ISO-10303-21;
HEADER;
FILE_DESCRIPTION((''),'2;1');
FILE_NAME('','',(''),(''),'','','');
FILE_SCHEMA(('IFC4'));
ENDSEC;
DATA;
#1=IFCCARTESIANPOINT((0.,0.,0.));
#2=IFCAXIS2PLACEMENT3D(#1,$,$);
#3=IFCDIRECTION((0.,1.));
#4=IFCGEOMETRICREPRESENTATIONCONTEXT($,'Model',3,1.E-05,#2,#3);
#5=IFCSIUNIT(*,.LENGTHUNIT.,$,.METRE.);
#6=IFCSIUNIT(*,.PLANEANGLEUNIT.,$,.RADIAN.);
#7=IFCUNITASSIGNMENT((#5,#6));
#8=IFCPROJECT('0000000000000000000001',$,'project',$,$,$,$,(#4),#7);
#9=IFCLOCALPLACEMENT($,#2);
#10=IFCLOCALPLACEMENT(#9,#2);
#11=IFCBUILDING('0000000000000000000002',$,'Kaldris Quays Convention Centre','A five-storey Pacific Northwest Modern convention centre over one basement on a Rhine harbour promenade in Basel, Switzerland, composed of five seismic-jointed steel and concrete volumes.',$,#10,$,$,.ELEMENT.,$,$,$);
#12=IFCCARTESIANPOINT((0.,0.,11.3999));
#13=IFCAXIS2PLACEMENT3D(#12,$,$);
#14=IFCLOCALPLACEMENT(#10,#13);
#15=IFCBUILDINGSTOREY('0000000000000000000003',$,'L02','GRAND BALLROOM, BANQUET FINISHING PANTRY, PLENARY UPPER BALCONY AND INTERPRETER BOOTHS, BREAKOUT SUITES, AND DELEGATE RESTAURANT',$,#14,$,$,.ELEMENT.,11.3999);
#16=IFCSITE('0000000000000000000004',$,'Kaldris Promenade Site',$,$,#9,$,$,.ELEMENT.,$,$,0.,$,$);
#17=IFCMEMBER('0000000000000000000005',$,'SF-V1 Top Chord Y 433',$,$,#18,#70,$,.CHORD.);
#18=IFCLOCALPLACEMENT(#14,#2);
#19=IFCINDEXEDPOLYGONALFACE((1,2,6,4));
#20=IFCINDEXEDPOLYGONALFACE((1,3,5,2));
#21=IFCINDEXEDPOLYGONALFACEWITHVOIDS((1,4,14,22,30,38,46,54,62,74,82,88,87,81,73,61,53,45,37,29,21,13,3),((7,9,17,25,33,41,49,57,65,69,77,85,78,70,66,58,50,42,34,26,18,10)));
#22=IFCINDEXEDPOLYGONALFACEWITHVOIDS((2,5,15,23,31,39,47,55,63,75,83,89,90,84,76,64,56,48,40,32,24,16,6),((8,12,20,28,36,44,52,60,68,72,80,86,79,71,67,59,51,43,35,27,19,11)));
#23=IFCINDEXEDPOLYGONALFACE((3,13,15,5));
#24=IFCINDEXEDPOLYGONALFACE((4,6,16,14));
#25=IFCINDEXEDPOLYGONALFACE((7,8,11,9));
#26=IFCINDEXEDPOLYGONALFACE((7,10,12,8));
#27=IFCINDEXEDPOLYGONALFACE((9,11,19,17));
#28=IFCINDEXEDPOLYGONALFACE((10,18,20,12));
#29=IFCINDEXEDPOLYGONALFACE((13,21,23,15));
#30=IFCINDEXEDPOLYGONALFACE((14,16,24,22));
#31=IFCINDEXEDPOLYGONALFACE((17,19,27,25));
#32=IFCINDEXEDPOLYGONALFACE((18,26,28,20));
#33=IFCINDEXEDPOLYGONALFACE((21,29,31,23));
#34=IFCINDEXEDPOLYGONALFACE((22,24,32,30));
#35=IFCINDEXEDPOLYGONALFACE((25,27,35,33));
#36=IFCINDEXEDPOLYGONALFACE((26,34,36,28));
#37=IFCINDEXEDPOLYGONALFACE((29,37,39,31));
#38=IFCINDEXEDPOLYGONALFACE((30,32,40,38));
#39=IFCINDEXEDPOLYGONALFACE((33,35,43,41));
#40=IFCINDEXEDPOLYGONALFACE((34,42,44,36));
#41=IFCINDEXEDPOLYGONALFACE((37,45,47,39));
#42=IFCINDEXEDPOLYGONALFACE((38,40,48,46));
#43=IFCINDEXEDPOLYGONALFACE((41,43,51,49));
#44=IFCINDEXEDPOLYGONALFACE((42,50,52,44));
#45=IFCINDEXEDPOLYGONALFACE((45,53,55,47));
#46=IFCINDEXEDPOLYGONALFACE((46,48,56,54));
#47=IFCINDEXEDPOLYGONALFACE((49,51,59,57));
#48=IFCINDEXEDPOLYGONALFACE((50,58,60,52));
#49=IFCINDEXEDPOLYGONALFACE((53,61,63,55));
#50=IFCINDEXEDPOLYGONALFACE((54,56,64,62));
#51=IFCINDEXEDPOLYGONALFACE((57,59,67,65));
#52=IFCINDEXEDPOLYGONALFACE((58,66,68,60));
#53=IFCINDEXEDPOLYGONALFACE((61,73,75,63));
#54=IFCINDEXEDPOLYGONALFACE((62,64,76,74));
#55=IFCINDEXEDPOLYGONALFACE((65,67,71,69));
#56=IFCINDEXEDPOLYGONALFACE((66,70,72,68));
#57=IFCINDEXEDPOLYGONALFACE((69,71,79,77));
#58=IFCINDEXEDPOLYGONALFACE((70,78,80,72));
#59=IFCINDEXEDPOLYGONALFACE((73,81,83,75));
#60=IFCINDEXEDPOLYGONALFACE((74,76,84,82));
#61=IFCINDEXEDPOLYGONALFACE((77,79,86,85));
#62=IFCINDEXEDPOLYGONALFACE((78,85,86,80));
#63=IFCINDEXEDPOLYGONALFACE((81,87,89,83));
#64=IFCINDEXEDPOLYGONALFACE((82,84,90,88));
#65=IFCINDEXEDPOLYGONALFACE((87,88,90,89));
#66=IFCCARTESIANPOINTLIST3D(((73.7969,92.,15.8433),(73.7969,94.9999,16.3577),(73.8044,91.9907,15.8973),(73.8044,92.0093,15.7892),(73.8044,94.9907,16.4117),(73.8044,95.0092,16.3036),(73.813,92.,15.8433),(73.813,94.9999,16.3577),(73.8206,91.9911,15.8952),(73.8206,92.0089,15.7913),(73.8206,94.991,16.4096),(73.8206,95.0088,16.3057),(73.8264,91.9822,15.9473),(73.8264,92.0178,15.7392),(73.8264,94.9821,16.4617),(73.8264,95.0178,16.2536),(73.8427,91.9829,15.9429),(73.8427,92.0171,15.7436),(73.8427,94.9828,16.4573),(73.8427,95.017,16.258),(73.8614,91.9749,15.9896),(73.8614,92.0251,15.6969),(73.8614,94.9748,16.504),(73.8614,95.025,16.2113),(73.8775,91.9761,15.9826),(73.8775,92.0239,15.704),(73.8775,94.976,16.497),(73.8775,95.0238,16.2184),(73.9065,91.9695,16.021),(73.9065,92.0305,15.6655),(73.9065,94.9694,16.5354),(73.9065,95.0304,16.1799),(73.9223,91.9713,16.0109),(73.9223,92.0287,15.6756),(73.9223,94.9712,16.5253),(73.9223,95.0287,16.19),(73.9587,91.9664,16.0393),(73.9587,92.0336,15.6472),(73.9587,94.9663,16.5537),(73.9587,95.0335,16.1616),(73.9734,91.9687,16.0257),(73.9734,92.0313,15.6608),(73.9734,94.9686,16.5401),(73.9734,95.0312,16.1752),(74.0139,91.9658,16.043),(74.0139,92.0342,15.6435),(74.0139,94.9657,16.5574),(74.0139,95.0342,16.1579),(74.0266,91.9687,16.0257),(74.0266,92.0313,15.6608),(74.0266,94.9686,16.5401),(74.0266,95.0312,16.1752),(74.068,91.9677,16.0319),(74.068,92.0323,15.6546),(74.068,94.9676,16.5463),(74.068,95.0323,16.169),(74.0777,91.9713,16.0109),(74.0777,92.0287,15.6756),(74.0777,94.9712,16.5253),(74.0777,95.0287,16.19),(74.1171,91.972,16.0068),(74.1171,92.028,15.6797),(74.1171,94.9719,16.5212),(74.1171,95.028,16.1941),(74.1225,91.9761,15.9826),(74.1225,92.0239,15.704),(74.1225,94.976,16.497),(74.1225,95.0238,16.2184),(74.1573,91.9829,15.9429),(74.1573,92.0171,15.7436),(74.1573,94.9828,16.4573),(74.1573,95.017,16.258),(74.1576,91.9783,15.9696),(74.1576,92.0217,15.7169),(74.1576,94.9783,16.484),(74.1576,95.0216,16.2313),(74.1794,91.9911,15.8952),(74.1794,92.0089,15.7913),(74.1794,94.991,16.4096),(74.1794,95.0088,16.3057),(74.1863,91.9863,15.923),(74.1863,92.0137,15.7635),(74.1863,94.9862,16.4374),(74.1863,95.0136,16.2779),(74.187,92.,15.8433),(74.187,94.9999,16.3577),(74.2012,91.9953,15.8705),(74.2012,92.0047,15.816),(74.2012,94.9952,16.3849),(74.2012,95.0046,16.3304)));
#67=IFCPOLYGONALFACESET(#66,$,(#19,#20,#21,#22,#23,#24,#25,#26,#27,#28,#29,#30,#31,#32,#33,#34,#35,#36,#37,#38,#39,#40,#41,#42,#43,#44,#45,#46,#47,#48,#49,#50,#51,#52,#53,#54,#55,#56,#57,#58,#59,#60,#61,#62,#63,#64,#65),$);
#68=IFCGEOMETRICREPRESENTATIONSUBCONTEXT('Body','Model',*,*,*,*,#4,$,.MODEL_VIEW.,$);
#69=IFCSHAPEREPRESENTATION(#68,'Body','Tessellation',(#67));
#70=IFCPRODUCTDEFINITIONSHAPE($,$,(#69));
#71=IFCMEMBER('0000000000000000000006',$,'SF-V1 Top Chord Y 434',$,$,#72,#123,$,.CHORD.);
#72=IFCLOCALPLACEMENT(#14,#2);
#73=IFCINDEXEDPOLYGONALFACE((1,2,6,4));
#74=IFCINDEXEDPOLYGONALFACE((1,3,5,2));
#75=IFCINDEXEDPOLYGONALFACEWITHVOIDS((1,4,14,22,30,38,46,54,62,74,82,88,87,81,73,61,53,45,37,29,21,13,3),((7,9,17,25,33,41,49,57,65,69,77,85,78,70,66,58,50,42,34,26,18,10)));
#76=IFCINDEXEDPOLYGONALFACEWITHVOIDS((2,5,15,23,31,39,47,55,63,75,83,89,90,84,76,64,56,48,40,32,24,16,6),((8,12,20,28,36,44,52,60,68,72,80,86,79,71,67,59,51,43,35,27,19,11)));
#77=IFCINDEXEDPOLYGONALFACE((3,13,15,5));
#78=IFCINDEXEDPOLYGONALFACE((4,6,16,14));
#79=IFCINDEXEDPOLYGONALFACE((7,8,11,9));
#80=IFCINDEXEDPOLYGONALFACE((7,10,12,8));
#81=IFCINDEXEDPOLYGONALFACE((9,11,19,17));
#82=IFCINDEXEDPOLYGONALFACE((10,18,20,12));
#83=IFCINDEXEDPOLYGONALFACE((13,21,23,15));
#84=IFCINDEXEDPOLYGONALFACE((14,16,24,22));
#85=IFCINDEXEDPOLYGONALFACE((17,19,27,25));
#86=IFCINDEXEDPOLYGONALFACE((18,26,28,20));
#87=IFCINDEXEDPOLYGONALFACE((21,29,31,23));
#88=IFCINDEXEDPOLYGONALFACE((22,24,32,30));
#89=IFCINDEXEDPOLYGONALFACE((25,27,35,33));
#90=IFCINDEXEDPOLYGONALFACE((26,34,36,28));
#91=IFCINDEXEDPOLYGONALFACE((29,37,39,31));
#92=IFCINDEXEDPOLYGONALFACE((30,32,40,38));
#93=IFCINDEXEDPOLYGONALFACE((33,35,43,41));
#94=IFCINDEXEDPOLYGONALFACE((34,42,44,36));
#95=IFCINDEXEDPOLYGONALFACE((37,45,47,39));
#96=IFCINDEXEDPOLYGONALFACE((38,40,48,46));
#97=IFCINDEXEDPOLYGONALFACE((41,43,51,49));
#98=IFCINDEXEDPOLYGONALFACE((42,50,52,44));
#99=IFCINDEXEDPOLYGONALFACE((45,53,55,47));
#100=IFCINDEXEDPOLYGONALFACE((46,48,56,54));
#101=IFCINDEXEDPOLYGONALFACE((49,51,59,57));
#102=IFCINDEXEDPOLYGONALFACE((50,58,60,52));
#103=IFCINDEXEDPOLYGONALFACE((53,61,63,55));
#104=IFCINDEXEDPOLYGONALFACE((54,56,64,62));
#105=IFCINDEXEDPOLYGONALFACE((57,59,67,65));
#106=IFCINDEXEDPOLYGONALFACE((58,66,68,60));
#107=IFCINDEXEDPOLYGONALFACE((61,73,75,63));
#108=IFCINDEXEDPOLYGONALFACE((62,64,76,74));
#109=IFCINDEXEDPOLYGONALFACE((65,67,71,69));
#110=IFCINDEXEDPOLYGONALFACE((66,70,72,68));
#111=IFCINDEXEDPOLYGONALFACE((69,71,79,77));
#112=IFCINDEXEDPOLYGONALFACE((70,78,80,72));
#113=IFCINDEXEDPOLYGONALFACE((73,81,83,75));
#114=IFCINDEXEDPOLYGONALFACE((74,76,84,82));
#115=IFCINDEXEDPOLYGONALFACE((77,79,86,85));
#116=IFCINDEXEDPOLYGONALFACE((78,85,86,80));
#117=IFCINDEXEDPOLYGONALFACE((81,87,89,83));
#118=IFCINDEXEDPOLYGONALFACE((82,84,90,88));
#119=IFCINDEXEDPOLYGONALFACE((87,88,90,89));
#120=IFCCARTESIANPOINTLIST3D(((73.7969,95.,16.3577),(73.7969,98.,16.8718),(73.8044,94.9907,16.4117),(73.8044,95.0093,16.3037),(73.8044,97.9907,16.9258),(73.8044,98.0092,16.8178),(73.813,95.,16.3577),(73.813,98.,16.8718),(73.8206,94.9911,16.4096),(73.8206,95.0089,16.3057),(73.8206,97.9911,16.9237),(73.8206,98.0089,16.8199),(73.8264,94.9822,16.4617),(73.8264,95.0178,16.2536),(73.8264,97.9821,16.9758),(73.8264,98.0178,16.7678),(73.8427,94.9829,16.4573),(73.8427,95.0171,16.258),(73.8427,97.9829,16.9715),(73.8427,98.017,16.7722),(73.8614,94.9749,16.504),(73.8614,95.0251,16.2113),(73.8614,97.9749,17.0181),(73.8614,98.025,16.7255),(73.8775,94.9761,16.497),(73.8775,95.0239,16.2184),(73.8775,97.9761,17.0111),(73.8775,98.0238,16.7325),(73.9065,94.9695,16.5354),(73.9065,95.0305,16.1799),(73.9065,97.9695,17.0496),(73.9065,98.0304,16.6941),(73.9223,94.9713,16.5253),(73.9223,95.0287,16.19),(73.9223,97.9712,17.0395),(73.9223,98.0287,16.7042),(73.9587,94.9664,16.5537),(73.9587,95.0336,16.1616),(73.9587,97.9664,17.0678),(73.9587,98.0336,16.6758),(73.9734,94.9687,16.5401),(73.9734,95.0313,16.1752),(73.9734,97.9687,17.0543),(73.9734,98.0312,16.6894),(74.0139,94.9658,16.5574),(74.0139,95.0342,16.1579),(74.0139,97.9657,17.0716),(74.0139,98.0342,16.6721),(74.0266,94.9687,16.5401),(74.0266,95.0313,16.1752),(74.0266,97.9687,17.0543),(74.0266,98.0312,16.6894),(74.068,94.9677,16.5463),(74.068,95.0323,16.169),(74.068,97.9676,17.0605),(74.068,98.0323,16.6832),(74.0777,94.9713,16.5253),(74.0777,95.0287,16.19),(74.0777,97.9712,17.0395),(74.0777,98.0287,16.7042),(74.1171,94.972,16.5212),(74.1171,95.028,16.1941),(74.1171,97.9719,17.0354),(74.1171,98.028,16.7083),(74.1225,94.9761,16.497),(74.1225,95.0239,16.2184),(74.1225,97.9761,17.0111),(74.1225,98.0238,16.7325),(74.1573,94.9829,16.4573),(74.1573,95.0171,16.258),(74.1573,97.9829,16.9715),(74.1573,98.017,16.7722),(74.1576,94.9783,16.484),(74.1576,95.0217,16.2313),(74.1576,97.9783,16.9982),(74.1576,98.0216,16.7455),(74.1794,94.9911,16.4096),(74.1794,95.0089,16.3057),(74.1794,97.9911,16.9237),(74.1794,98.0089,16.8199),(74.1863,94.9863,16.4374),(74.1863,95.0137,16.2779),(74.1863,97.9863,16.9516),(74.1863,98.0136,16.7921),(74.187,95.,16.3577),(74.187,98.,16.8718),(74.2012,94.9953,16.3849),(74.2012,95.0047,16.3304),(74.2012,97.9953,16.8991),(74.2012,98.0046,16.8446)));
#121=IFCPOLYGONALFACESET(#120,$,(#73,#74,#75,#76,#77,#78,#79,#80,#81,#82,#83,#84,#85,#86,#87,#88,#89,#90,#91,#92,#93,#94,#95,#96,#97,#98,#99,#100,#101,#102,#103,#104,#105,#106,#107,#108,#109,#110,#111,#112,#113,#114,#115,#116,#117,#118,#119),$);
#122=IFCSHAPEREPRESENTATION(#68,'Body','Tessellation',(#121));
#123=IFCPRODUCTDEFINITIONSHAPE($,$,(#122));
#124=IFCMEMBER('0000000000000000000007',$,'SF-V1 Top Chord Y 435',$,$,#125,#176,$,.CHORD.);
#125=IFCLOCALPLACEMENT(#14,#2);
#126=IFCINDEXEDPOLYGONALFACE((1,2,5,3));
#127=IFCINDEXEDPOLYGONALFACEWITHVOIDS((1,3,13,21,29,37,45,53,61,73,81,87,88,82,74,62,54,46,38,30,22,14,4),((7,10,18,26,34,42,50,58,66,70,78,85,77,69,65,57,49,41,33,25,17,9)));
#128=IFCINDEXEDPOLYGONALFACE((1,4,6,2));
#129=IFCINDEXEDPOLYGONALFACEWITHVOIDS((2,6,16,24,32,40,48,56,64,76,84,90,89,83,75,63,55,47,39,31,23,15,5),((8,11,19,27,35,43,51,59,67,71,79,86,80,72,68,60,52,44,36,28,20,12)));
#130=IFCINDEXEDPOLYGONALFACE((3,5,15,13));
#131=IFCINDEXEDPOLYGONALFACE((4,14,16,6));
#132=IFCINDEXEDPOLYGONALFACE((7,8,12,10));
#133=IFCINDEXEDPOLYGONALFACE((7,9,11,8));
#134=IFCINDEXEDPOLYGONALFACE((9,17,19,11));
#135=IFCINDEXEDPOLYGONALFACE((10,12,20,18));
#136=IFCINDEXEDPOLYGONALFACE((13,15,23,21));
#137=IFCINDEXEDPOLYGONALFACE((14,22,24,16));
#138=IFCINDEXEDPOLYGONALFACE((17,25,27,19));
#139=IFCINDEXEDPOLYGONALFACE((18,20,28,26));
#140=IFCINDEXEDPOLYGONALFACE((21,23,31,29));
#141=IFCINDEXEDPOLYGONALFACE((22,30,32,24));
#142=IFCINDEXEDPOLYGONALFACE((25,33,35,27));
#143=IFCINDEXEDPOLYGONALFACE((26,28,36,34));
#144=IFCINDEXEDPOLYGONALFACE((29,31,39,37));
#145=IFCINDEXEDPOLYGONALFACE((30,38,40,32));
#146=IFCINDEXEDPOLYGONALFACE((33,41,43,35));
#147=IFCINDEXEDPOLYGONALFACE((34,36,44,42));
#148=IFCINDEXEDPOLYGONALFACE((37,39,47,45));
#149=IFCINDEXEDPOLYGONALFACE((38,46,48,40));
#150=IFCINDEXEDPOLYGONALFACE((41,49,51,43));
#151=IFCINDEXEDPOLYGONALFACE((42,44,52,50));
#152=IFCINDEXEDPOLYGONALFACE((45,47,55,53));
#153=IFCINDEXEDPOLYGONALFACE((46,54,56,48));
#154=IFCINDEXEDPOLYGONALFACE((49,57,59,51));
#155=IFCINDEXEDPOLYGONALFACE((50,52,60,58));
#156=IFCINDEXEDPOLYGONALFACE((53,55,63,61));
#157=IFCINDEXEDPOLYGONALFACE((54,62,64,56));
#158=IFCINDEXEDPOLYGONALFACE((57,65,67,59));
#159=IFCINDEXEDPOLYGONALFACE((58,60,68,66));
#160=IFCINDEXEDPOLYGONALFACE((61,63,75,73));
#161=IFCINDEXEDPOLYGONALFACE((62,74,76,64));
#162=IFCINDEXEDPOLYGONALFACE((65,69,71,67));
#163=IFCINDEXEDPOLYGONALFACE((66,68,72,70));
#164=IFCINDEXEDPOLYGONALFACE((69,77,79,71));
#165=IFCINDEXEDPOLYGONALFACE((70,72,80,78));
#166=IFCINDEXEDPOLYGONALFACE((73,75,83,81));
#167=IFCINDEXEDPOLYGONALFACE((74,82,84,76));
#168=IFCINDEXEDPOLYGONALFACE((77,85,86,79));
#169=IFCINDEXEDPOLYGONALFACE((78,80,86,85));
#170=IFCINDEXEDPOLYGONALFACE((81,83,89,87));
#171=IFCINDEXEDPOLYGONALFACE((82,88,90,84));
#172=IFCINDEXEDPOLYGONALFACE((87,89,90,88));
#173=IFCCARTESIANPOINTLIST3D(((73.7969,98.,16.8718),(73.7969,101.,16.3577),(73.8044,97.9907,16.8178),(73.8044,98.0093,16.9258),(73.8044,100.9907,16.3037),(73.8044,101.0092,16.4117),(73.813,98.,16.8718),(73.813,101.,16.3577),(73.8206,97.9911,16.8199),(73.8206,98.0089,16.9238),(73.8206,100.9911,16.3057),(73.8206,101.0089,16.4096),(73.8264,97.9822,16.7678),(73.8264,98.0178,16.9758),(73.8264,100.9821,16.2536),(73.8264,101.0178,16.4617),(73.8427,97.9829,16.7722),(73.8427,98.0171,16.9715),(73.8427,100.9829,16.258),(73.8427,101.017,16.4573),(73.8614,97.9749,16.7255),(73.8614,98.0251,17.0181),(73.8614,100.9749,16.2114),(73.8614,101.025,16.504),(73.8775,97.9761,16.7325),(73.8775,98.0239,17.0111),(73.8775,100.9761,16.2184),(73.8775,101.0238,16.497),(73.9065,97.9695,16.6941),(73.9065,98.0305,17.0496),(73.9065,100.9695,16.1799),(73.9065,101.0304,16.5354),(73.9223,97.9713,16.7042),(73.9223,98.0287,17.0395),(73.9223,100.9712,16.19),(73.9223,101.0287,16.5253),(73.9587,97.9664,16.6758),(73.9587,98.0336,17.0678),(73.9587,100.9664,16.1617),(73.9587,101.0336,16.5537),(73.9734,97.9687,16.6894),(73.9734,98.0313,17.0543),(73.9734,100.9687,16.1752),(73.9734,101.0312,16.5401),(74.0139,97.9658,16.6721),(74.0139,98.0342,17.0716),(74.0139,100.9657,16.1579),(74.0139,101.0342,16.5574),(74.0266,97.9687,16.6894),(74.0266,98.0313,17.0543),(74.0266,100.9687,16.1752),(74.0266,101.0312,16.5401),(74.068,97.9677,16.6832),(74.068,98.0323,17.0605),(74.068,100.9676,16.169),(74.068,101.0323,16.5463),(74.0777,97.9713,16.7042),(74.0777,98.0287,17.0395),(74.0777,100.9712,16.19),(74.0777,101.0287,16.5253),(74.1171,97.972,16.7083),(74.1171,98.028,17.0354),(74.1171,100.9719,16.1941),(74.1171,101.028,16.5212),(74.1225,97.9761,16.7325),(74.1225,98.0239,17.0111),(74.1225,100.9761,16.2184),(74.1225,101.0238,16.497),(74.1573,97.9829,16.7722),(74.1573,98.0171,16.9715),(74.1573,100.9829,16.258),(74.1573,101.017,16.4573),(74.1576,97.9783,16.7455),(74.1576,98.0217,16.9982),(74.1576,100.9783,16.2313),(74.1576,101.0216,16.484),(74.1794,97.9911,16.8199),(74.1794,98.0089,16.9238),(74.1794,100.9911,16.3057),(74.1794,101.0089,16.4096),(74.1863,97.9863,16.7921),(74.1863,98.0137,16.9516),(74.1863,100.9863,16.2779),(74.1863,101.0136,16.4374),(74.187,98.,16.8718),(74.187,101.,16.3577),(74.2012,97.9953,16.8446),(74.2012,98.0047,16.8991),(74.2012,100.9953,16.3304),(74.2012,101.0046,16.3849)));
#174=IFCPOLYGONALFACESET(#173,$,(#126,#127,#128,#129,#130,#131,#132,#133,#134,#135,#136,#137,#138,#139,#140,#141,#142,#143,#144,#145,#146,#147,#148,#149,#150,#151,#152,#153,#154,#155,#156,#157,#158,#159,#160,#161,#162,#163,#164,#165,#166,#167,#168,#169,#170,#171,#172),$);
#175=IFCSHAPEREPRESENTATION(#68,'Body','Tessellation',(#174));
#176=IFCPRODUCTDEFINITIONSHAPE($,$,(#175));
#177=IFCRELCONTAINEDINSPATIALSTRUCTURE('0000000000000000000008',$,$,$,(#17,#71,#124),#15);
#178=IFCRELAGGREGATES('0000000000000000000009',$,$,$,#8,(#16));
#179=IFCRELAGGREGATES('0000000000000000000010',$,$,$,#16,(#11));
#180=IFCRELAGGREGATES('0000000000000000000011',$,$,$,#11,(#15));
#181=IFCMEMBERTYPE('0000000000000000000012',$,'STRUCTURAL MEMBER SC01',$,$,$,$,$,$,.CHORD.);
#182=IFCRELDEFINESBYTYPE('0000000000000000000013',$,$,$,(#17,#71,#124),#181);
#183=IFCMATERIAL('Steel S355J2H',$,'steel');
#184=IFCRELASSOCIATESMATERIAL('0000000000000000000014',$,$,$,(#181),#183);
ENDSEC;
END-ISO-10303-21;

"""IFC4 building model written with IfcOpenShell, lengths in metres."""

from ifc_helpers import new_model, si_unit, direction, frame, origin, origin_2d, place, context, subcontext, project, spatial, hollow_circle, extrude, material, material_profile, profile_set, type_object, element, save


model = new_model("IFC4")

# Units and contexts
model_context = context("Model", 3, precision=1e-05, world=origin(), true_north=direction((0.0, 1.0)))
body_context = subcontext(model_context, "Body", "Model", "MODEL_VIEW")
ifc_project = project(units=[si_unit("LENGTHUNIT", "METRE"), si_unit("PLANEANGLEUNIT", "RADIAN")], contexts=[model_context])

# Site, building, storey
site_placement = place(None, origin())
site = spatial("IfcSite", under=ifc_project, at=site_placement, Name="Kaldris Promenade Site", CompositionType="ELEMENT", RefElevation=0.0)
building_placement = place(site_placement, origin())
building = spatial("IfcBuilding", under=site, at=building_placement, Name="Kaldris Quays Convention Centre", Description="A five-storey Pacific Northwest Modern convention centre over one basement on a Rhine harbour promenade in Basel, Switzerland, composed of five seismic-jointed steel and concrete volumes.", CompositionType="ELEMENT")
storey_placement = place(building_placement, frame((0.0, 0.0, 11.3999)))
storey = spatial("IfcBuildingStorey", under=building, at=storey_placement, Name="L02", Description="GRAND BALLROOM, BANQUET FINISHING PANTRY, PLENARY UPPER BALCONY AND INTERPRETER BOOTHS, BREAKOUT SUITES, AND DELEGATE RESTAURANT", CompositionType="ELEMENT", Elevation=11.3999)

# Members
ifc_material_1 = material(Name="Steel S355J2H", Category="steel")
ifc_material_profile_1 = material_profile(ifc_material_1, hollow_circle(Radius=0.2031, WallThickness=0.0161, at=origin_2d()), Name="CHS 406.4x16")
ifc_profile_set_1 = profile_set([ifc_material_profile_1], Name="Steel S355J2H")
member_type_1 = type_object("IfcMemberType", Name="STRUCTURAL MEMBER SC01", PredefinedType="CHORD", material=ifc_profile_set_1)
for number, where, z_axis, x_axis, name in (
    (1, (74.0, 92.0, 15.8433), (0.0, 0.985616, 0.169002), (-1.0, 0.0, 0.0), "SF-V1 Top Chord Y 433"),
    (2, (74.0, 95.0, 16.3577), (0.0, 0.985629, 0.168924), (-1.0, 0.0, 0.0), "SF-V1 Top Chord Y 434"),
    (3, (74.0, 98.0, 16.8718), (0.0, 0.985629, -0.168924), (-1.0, 0.0, 0.0), "SF-V1 Top Chord Y 435"),
):
    element("IfcMember", number, at=place(storey_placement, frame(where, z_axis=z_axis, x_axis=x_axis)), inside=storey, type_object=member_type_1, Name=name, PredefinedType="CHORD", context=body_context, shape_type="SweptSolid", body=[
        extrude(hollow_circle(Radius=0.2031, WallThickness=0.0161, at=origin_2d()), origin(), (0.0, 0.0, 1.0), 3.0437),
    ])

save(model, "model.ifc")
